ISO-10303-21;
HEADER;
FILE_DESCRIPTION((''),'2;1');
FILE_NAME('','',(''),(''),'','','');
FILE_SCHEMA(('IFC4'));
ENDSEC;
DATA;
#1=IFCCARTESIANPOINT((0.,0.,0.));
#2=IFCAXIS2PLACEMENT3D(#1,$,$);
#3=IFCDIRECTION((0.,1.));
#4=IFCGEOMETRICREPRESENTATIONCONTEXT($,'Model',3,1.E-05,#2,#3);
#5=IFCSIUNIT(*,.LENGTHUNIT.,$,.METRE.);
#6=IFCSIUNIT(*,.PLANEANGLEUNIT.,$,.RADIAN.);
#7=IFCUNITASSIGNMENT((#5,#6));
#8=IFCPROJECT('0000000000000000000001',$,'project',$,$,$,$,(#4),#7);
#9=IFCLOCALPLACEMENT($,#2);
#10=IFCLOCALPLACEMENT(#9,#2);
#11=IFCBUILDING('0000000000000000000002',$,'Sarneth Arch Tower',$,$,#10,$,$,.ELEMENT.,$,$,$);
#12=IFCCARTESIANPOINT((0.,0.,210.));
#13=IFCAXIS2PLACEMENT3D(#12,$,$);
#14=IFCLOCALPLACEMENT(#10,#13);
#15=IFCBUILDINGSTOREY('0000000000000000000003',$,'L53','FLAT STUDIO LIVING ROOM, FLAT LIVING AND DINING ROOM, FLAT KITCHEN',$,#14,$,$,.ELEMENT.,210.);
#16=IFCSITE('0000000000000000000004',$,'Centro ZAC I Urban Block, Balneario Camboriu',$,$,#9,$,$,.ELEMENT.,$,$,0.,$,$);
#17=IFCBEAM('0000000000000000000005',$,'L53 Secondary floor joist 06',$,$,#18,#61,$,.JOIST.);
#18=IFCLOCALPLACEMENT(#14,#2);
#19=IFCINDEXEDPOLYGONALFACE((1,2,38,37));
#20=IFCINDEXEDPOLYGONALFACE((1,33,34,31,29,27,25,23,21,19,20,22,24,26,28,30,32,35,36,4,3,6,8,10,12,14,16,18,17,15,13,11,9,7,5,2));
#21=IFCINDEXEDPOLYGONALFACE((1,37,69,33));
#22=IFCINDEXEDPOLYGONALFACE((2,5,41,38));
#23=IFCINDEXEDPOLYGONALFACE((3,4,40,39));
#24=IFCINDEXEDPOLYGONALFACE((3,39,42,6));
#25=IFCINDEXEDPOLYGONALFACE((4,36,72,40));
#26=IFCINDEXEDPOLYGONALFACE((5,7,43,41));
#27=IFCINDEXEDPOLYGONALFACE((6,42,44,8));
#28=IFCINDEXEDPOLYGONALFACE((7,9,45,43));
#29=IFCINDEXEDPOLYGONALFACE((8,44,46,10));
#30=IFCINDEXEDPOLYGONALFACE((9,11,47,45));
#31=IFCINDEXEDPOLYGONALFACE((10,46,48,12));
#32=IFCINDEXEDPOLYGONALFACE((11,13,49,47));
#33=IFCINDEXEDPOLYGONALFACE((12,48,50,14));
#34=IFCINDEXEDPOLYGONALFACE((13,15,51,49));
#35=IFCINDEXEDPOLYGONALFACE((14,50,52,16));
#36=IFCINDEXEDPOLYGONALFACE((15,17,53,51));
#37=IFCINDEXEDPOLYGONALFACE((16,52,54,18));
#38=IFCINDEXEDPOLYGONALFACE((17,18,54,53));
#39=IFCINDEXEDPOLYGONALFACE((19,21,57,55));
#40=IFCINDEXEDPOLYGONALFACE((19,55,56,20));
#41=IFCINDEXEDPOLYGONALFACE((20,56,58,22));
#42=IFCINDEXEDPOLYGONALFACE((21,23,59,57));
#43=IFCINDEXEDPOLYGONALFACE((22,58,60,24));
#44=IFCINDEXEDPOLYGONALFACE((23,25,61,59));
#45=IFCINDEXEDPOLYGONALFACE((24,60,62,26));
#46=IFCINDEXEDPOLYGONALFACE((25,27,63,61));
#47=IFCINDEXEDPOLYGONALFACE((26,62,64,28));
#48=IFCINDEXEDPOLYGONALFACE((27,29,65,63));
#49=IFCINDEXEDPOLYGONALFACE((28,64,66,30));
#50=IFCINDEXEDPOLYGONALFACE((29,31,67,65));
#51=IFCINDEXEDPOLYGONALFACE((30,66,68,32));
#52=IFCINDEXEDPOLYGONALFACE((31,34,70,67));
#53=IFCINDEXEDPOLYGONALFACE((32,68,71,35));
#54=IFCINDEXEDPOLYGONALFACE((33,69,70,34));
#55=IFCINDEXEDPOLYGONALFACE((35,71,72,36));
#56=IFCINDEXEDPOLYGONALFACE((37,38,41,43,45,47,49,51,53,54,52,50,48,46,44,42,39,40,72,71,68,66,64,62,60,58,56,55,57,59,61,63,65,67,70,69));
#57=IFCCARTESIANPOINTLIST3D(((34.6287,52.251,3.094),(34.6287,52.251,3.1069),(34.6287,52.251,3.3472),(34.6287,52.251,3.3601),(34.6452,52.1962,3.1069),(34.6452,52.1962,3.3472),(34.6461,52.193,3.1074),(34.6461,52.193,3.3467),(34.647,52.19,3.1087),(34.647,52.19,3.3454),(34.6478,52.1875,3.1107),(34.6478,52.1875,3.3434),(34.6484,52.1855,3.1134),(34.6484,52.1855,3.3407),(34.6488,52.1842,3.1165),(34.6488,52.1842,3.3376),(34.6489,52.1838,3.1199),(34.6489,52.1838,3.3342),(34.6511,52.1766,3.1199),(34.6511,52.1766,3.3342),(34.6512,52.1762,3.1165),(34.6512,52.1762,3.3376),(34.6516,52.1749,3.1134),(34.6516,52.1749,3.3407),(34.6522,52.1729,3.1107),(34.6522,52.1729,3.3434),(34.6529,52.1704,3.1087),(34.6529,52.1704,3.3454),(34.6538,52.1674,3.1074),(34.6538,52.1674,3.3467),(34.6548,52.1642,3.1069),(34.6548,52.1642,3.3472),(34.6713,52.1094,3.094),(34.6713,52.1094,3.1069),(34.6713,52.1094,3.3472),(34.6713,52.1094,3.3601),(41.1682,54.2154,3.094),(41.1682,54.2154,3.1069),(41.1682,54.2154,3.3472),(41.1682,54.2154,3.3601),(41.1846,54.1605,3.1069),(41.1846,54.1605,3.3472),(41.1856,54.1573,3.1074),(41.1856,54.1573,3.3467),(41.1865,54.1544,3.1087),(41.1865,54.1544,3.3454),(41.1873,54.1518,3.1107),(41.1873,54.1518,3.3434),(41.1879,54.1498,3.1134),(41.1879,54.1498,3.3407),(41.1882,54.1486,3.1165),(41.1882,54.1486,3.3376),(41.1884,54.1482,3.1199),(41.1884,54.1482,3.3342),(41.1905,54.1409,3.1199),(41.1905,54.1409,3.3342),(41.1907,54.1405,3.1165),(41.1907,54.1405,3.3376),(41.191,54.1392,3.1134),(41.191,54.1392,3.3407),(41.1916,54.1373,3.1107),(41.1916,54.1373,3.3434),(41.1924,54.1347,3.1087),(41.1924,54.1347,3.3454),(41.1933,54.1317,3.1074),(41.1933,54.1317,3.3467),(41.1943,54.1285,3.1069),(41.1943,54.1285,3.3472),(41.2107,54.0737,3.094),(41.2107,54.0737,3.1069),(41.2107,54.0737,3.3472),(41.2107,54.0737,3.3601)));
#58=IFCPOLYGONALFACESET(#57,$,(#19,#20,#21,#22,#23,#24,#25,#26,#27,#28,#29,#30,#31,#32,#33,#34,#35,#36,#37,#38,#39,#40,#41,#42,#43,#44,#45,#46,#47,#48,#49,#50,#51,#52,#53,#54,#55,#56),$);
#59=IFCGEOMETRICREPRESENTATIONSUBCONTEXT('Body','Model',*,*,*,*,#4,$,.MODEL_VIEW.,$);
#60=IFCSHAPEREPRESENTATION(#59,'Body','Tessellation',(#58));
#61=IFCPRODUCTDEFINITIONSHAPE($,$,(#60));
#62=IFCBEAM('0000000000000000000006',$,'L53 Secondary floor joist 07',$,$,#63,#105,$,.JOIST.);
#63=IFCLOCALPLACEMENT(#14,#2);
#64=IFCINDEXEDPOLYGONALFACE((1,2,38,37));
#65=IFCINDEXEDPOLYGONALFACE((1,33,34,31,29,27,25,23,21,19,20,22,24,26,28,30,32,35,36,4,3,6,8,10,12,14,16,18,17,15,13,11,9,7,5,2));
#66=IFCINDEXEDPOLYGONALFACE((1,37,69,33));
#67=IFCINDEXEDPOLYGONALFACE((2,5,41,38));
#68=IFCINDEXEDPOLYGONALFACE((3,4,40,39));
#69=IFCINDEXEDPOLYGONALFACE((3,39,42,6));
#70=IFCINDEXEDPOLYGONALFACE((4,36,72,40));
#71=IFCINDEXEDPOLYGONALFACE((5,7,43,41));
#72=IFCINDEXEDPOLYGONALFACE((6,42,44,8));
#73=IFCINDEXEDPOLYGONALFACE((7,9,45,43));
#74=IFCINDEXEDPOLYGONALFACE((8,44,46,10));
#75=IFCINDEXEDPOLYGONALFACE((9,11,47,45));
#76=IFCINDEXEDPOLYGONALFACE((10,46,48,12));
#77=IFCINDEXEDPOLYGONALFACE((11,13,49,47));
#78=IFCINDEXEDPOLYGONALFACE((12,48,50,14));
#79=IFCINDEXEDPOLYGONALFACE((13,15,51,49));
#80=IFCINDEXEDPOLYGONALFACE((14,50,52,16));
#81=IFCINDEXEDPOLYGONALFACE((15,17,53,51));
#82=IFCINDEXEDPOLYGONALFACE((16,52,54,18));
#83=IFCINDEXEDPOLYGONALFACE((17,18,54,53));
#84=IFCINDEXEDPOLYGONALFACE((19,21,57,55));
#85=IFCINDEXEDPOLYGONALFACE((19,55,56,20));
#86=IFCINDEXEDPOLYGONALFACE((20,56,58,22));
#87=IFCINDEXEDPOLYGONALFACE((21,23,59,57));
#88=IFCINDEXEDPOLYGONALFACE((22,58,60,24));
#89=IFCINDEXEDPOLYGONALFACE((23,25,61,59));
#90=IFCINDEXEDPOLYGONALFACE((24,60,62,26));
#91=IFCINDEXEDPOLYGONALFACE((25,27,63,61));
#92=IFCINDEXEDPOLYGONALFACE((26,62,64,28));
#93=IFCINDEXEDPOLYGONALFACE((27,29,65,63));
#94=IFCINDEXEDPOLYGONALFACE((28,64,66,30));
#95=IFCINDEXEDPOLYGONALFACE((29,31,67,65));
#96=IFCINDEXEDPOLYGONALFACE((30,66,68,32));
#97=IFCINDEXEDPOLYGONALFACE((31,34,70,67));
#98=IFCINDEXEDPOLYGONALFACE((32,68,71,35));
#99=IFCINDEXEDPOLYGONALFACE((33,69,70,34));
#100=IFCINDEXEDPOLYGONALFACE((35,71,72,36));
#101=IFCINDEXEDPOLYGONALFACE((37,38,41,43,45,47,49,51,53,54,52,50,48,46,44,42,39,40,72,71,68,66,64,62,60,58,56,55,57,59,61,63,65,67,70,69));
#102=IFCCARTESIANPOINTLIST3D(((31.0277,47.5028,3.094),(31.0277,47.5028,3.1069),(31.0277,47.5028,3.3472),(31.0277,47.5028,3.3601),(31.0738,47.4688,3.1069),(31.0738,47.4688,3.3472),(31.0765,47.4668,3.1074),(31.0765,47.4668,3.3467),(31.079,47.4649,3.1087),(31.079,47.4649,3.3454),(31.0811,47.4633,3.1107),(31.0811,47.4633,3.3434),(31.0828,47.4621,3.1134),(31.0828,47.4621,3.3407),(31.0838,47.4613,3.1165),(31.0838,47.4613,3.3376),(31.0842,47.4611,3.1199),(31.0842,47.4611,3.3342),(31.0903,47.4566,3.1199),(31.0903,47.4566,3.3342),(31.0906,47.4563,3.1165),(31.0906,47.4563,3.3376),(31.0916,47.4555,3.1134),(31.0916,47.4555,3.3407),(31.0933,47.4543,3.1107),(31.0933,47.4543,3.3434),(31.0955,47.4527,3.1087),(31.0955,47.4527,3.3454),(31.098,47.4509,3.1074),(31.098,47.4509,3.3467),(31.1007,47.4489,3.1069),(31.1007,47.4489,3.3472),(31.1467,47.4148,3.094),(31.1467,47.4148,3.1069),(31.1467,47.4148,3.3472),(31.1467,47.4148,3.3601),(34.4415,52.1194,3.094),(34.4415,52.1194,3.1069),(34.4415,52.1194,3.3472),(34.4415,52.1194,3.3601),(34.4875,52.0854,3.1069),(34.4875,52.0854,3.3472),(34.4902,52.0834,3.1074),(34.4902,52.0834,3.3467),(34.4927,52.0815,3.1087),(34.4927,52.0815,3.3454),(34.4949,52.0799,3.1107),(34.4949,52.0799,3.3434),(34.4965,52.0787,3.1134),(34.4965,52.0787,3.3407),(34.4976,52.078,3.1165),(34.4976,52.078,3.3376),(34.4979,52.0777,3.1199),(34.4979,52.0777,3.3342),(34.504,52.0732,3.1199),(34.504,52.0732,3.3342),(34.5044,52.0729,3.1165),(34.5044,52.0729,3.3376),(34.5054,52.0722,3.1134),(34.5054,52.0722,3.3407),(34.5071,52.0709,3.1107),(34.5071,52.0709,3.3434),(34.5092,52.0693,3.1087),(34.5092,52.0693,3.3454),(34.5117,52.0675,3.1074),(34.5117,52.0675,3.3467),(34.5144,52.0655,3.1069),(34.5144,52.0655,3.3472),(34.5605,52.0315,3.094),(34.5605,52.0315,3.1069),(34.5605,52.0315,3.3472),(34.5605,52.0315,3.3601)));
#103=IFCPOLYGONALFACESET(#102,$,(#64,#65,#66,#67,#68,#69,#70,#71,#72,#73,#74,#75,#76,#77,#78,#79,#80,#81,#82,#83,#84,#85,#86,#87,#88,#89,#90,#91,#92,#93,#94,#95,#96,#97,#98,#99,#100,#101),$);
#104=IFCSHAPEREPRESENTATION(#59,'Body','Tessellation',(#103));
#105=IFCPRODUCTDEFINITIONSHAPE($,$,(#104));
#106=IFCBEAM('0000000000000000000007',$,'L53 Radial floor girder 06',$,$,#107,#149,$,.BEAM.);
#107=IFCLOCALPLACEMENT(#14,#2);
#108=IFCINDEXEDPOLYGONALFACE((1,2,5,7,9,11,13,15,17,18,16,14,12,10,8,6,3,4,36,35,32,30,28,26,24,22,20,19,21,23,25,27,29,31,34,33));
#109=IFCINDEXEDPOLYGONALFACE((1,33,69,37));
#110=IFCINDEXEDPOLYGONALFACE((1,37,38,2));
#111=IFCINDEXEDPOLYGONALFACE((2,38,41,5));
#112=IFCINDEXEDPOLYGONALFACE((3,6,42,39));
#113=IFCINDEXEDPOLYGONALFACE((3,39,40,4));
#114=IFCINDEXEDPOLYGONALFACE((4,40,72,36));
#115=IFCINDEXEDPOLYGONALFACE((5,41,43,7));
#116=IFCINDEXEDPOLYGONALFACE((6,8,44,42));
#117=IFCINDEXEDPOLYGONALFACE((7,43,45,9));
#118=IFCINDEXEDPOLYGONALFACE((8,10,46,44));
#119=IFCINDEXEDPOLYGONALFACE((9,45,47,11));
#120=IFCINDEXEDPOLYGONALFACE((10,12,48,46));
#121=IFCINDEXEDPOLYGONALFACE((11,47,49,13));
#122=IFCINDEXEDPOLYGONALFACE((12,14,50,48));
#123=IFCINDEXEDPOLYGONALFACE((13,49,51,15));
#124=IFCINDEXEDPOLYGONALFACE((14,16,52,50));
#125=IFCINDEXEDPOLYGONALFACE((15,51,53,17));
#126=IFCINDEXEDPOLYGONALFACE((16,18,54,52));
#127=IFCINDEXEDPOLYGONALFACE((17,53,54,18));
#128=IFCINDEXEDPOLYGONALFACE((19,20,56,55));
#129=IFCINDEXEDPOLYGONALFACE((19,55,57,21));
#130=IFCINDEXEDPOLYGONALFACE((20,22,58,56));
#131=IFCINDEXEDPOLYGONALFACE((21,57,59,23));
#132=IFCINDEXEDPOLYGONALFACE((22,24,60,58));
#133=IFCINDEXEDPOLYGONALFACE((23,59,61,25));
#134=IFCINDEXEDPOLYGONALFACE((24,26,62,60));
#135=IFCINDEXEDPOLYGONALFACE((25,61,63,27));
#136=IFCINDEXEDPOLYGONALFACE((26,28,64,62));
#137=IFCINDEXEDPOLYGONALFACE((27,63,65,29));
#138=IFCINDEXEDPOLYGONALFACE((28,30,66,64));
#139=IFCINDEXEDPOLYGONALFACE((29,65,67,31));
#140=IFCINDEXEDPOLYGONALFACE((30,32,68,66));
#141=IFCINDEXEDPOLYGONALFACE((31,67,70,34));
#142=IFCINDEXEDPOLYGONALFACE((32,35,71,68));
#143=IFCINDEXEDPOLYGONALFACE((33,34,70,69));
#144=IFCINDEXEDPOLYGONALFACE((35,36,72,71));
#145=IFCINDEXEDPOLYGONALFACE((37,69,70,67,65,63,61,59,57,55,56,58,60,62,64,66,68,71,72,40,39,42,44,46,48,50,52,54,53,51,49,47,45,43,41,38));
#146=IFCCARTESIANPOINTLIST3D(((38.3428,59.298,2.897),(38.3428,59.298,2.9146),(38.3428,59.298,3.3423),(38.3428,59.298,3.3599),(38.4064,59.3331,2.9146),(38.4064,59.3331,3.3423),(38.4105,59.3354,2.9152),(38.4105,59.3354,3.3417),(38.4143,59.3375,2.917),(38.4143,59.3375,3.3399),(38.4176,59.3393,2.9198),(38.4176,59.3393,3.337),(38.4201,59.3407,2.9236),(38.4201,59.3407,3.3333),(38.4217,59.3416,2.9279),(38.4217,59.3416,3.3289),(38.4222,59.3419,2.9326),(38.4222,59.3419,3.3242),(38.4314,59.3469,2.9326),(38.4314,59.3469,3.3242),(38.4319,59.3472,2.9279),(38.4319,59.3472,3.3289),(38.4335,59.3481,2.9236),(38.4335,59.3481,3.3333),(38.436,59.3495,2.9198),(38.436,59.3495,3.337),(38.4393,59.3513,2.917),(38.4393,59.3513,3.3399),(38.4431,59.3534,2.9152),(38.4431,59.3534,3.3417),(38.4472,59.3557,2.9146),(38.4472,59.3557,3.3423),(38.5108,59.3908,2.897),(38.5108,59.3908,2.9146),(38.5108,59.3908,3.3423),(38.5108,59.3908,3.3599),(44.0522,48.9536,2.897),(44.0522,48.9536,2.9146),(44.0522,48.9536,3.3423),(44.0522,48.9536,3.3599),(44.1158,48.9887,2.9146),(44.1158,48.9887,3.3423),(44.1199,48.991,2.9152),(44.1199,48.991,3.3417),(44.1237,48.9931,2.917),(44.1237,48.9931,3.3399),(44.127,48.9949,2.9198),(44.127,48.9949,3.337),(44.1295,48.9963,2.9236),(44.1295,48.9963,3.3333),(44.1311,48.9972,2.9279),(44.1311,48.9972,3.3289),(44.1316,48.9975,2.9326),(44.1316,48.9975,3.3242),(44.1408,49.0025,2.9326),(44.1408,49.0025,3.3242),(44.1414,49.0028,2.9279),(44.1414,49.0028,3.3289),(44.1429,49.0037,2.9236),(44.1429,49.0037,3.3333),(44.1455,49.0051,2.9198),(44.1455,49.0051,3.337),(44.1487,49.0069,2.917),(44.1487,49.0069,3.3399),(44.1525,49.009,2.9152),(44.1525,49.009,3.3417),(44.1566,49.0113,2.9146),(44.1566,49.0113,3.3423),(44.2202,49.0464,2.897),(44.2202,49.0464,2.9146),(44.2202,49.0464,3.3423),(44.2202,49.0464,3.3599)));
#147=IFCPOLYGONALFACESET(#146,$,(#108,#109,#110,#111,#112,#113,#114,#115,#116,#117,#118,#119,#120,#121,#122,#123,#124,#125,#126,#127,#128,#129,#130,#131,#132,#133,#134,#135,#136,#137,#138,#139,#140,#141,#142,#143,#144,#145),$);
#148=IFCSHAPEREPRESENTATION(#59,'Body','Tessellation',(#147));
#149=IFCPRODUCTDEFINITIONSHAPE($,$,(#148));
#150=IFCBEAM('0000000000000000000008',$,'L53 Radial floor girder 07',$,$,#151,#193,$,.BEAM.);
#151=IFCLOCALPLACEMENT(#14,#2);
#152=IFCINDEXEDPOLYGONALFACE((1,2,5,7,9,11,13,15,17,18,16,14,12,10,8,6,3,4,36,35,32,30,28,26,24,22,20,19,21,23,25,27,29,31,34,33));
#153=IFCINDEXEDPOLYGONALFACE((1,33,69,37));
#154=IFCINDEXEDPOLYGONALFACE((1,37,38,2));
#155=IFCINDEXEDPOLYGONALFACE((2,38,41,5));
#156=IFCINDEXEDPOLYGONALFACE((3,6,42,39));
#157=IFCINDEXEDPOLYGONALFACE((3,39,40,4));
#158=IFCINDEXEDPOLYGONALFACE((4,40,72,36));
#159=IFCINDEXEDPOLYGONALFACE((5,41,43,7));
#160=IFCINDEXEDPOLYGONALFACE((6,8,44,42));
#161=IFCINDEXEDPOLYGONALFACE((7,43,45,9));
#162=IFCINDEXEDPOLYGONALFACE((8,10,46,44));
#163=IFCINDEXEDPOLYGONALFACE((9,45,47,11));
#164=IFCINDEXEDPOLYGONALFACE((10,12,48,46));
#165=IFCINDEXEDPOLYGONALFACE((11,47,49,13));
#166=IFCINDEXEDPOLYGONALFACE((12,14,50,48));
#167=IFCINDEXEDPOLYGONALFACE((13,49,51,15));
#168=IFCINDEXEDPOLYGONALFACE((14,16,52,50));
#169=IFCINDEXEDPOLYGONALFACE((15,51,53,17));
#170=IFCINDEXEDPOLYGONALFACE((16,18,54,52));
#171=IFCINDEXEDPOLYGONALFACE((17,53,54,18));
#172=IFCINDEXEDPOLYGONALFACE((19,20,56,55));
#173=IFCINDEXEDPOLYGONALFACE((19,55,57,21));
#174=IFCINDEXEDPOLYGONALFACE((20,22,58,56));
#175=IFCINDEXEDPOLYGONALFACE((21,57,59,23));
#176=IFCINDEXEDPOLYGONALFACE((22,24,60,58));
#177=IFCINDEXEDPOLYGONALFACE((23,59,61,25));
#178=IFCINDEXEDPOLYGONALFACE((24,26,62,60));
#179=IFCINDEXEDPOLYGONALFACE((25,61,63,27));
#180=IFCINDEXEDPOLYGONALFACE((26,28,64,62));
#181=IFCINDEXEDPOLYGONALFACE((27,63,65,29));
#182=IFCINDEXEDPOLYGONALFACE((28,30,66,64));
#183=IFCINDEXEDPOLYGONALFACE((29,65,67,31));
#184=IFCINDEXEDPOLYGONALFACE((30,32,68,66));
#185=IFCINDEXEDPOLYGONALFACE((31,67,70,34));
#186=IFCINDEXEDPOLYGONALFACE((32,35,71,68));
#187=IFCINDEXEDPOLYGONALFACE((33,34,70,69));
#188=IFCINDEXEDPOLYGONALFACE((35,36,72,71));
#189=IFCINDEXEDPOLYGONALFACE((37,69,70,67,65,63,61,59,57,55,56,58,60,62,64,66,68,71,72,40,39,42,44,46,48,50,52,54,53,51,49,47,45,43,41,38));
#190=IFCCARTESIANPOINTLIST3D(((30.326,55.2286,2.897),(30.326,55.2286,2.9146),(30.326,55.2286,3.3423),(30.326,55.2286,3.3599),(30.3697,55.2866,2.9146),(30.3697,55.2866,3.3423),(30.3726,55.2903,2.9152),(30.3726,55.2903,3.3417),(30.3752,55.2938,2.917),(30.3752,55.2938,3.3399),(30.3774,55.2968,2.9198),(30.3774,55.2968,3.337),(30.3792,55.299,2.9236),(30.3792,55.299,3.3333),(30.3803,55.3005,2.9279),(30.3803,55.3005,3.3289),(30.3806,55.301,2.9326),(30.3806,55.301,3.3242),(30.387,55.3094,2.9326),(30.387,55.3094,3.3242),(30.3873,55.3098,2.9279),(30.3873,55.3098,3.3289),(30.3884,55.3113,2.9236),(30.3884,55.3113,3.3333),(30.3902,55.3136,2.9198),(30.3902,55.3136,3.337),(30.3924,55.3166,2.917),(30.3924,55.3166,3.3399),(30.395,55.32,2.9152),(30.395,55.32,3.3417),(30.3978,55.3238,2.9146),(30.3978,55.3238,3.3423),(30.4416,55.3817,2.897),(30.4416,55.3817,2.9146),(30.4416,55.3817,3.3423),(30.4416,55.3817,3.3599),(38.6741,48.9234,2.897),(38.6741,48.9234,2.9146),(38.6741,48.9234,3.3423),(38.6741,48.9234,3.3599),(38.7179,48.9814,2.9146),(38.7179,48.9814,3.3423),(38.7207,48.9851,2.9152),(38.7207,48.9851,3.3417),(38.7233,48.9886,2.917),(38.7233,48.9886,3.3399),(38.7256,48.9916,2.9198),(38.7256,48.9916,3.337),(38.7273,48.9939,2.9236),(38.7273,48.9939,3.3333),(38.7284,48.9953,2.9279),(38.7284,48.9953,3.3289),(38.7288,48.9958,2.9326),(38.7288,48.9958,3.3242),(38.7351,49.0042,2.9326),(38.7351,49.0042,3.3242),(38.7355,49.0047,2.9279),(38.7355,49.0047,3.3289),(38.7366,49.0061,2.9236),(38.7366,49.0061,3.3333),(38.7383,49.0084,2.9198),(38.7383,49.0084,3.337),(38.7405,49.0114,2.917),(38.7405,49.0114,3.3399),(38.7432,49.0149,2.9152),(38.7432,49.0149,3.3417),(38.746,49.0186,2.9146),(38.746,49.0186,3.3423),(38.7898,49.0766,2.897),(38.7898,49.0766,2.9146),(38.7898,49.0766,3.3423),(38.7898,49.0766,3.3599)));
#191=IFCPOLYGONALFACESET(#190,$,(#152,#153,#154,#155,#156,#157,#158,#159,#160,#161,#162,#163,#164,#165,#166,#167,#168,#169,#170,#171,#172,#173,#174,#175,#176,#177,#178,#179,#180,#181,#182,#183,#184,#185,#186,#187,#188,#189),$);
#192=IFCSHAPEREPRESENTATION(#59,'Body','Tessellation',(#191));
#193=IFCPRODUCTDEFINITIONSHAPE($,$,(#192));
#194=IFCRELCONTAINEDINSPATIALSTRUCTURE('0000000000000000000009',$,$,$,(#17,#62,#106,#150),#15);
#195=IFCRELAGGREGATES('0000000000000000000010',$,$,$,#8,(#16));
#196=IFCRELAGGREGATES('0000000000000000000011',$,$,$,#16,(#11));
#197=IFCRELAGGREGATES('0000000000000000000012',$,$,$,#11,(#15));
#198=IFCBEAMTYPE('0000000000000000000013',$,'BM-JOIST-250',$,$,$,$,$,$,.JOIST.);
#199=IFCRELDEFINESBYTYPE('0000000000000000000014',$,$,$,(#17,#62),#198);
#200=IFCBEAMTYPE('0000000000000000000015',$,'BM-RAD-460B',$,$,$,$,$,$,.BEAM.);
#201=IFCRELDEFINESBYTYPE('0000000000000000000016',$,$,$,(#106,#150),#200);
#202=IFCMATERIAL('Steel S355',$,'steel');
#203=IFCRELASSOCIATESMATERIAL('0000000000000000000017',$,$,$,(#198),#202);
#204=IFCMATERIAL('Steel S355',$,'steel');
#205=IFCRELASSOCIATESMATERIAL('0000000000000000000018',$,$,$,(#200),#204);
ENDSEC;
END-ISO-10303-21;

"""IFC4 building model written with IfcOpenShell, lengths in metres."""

from ifc_helpers import new_model, si_unit, direction, frame, origin, origin_2d, place, context, subcontext, project, spatial, i_section, extrude, material, material_profile, profile_set, type_object, element, save


model = new_model("IFC4")

# Units and contexts
model_context = context("Model", 3, precision=1e-05, world=origin(), true_north=direction((0.0, 1.0)))
body_context = subcontext(model_context, "Body", "Model", "MODEL_VIEW")
ifc_project = project(units=[si_unit("LENGTHUNIT", "METRE"), si_unit("PLANEANGLEUNIT", "RADIAN")], contexts=[model_context])

# Site, building, storey
site_placement = place(None, origin())
site = spatial("IfcSite", under=ifc_project, at=site_placement, Name="Centro ZAC I Urban Block, Balneario Camboriu", CompositionType="ELEMENT", RefElevation=0.0)
building_placement = place(site_placement, origin())
building = spatial("IfcBuilding", under=site, at=building_placement, Name="Sarneth Arch Tower", CompositionType="ELEMENT")
storey_placement = place(building_placement, frame((0.0, 0.0, 210.0)))
storey = spatial("IfcBuildingStorey", under=building, at=storey_placement, Name="L53", Description="FLAT STUDIO LIVING ROOM, FLAT LIVING AND DINING ROOM, FLAT KITCHEN", CompositionType="ELEMENT", Elevation=210.0)

# Beams
ifc_material_1 = material(Name="Steel S355", Category="steel")
ifc_material_profile_1 = material_profile(ifc_material_1, i_section(OverallWidth=0.1479, OverallDepth=0.2661, WebThickness=0.0076, FlangeThickness=0.0129, FilletRadius=0.0129, at=origin_2d()), Name="W250x44.8")
ifc_profile_set_1 = profile_set([ifc_material_profile_1], Name="Steel S355")
beam_type_1 = type_object("IfcBeamType", Name="BM-JOIST-250", PredefinedType="JOIST", material=ifc_profile_set_1)
beam_1_placement = place(storey_placement, frame((41.1895, 54.1445, 3.2271), z_axis=(-0.957726, -0.287682, 0.0), x_axis=(0.287682, -0.957726, 0.0)))
element("IfcBeam", 1, at=beam_1_placement, inside=storey, type_object=beam_type_1, Name="L53 Secondary floor joist 06", PredefinedType="JOIST", context=body_context, shape_type="SweptSolid", body=[
    extrude(i_section(OverallWidth=0.1479, OverallDepth=0.2661, WebThickness=0.0076, FlangeThickness=0.0129, FilletRadius=0.0129, at=origin_2d()), origin(), (0.0, 0.0, 1.0), 6.8281),
])
beam_2_placement = place(storey_placement, frame((34.501, 52.0754, 3.2271), z_axis=(-0.594557, -0.804053, 0.0), x_axis=(0.804053, -0.594557, 0.0)))
element("IfcBeam", 2, at=beam_2_placement, inside=storey, type_object=beam_type_1, Name="L53 Secondary floor joist 07", PredefinedType="JOIST", context=body_context, shape_type="SweptSolid", body=[
    extrude(i_section(OverallWidth=0.1479, OverallDepth=0.2661, WebThickness=0.0076, FlangeThickness=0.0129, FilletRadius=0.0129, at=origin_2d()), origin(), (0.0, 0.0, 1.0), 5.7417),
])
ifc_material_2 = material(Name="Steel S355", Category="steel")
ifc_material_profile_2 = material_profile(ifc_material_2, i_section(OverallWidth=0.1919, OverallDepth=0.4629, WebThickness=0.0105, FlangeThickness=0.0176, FilletRadius=0.0181, at=origin_2d()), Name="W460x89")
ifc_profile_set_2 = profile_set([ifc_material_profile_2], Name="Steel S355")
beam_type_2 = type_object("IfcBeamType", Name="BM-RAD-460B", PredefinedType="BEAM", material=ifc_profile_set_2)
beam_3_placement = place(storey_placement, frame((44.1362, 49.0, 3.1284), z_axis=(-0.483218, 0.8755, 0.0), x_axis=(-0.8755, -0.483218, 0.0)))
element("IfcBeam", 3, at=beam_3_placement, inside=storey, type_object=beam_type_2, Name="L53 Radial floor girder 06", PredefinedType="BEAM", context=body_context, shape_type="SweptSolid", body=[
    extrude(i_section(OverallWidth=0.1919, OverallDepth=0.4629, WebThickness=0.0105, FlangeThickness=0.0176, FilletRadius=0.0181, at=origin_2d()), origin(), (0.0, 0.0, 1.0), 11.8154),
])
beam_4_placement = place(storey_placement, frame((38.7319, 49.0, 3.1284), z_axis=(-0.797974, 0.602692, 0.0), x_axis=(-0.602692, -0.797974, 0.0)))
element("IfcBeam", 4, at=beam_4_placement, inside=storey, type_object=beam_type_2, Name="L53 Radial floor girder 07", PredefinedType="BEAM", context=body_context, shape_type="SweptSolid", body=[
    extrude(i_section(OverallWidth=0.1919, OverallDepth=0.4629, WebThickness=0.0105, FlangeThickness=0.0176, FilletRadius=0.0181, at=origin_2d()), origin(), (0.0, 0.0, 1.0), 10.4617),
])

save(model, "model.ifc")
